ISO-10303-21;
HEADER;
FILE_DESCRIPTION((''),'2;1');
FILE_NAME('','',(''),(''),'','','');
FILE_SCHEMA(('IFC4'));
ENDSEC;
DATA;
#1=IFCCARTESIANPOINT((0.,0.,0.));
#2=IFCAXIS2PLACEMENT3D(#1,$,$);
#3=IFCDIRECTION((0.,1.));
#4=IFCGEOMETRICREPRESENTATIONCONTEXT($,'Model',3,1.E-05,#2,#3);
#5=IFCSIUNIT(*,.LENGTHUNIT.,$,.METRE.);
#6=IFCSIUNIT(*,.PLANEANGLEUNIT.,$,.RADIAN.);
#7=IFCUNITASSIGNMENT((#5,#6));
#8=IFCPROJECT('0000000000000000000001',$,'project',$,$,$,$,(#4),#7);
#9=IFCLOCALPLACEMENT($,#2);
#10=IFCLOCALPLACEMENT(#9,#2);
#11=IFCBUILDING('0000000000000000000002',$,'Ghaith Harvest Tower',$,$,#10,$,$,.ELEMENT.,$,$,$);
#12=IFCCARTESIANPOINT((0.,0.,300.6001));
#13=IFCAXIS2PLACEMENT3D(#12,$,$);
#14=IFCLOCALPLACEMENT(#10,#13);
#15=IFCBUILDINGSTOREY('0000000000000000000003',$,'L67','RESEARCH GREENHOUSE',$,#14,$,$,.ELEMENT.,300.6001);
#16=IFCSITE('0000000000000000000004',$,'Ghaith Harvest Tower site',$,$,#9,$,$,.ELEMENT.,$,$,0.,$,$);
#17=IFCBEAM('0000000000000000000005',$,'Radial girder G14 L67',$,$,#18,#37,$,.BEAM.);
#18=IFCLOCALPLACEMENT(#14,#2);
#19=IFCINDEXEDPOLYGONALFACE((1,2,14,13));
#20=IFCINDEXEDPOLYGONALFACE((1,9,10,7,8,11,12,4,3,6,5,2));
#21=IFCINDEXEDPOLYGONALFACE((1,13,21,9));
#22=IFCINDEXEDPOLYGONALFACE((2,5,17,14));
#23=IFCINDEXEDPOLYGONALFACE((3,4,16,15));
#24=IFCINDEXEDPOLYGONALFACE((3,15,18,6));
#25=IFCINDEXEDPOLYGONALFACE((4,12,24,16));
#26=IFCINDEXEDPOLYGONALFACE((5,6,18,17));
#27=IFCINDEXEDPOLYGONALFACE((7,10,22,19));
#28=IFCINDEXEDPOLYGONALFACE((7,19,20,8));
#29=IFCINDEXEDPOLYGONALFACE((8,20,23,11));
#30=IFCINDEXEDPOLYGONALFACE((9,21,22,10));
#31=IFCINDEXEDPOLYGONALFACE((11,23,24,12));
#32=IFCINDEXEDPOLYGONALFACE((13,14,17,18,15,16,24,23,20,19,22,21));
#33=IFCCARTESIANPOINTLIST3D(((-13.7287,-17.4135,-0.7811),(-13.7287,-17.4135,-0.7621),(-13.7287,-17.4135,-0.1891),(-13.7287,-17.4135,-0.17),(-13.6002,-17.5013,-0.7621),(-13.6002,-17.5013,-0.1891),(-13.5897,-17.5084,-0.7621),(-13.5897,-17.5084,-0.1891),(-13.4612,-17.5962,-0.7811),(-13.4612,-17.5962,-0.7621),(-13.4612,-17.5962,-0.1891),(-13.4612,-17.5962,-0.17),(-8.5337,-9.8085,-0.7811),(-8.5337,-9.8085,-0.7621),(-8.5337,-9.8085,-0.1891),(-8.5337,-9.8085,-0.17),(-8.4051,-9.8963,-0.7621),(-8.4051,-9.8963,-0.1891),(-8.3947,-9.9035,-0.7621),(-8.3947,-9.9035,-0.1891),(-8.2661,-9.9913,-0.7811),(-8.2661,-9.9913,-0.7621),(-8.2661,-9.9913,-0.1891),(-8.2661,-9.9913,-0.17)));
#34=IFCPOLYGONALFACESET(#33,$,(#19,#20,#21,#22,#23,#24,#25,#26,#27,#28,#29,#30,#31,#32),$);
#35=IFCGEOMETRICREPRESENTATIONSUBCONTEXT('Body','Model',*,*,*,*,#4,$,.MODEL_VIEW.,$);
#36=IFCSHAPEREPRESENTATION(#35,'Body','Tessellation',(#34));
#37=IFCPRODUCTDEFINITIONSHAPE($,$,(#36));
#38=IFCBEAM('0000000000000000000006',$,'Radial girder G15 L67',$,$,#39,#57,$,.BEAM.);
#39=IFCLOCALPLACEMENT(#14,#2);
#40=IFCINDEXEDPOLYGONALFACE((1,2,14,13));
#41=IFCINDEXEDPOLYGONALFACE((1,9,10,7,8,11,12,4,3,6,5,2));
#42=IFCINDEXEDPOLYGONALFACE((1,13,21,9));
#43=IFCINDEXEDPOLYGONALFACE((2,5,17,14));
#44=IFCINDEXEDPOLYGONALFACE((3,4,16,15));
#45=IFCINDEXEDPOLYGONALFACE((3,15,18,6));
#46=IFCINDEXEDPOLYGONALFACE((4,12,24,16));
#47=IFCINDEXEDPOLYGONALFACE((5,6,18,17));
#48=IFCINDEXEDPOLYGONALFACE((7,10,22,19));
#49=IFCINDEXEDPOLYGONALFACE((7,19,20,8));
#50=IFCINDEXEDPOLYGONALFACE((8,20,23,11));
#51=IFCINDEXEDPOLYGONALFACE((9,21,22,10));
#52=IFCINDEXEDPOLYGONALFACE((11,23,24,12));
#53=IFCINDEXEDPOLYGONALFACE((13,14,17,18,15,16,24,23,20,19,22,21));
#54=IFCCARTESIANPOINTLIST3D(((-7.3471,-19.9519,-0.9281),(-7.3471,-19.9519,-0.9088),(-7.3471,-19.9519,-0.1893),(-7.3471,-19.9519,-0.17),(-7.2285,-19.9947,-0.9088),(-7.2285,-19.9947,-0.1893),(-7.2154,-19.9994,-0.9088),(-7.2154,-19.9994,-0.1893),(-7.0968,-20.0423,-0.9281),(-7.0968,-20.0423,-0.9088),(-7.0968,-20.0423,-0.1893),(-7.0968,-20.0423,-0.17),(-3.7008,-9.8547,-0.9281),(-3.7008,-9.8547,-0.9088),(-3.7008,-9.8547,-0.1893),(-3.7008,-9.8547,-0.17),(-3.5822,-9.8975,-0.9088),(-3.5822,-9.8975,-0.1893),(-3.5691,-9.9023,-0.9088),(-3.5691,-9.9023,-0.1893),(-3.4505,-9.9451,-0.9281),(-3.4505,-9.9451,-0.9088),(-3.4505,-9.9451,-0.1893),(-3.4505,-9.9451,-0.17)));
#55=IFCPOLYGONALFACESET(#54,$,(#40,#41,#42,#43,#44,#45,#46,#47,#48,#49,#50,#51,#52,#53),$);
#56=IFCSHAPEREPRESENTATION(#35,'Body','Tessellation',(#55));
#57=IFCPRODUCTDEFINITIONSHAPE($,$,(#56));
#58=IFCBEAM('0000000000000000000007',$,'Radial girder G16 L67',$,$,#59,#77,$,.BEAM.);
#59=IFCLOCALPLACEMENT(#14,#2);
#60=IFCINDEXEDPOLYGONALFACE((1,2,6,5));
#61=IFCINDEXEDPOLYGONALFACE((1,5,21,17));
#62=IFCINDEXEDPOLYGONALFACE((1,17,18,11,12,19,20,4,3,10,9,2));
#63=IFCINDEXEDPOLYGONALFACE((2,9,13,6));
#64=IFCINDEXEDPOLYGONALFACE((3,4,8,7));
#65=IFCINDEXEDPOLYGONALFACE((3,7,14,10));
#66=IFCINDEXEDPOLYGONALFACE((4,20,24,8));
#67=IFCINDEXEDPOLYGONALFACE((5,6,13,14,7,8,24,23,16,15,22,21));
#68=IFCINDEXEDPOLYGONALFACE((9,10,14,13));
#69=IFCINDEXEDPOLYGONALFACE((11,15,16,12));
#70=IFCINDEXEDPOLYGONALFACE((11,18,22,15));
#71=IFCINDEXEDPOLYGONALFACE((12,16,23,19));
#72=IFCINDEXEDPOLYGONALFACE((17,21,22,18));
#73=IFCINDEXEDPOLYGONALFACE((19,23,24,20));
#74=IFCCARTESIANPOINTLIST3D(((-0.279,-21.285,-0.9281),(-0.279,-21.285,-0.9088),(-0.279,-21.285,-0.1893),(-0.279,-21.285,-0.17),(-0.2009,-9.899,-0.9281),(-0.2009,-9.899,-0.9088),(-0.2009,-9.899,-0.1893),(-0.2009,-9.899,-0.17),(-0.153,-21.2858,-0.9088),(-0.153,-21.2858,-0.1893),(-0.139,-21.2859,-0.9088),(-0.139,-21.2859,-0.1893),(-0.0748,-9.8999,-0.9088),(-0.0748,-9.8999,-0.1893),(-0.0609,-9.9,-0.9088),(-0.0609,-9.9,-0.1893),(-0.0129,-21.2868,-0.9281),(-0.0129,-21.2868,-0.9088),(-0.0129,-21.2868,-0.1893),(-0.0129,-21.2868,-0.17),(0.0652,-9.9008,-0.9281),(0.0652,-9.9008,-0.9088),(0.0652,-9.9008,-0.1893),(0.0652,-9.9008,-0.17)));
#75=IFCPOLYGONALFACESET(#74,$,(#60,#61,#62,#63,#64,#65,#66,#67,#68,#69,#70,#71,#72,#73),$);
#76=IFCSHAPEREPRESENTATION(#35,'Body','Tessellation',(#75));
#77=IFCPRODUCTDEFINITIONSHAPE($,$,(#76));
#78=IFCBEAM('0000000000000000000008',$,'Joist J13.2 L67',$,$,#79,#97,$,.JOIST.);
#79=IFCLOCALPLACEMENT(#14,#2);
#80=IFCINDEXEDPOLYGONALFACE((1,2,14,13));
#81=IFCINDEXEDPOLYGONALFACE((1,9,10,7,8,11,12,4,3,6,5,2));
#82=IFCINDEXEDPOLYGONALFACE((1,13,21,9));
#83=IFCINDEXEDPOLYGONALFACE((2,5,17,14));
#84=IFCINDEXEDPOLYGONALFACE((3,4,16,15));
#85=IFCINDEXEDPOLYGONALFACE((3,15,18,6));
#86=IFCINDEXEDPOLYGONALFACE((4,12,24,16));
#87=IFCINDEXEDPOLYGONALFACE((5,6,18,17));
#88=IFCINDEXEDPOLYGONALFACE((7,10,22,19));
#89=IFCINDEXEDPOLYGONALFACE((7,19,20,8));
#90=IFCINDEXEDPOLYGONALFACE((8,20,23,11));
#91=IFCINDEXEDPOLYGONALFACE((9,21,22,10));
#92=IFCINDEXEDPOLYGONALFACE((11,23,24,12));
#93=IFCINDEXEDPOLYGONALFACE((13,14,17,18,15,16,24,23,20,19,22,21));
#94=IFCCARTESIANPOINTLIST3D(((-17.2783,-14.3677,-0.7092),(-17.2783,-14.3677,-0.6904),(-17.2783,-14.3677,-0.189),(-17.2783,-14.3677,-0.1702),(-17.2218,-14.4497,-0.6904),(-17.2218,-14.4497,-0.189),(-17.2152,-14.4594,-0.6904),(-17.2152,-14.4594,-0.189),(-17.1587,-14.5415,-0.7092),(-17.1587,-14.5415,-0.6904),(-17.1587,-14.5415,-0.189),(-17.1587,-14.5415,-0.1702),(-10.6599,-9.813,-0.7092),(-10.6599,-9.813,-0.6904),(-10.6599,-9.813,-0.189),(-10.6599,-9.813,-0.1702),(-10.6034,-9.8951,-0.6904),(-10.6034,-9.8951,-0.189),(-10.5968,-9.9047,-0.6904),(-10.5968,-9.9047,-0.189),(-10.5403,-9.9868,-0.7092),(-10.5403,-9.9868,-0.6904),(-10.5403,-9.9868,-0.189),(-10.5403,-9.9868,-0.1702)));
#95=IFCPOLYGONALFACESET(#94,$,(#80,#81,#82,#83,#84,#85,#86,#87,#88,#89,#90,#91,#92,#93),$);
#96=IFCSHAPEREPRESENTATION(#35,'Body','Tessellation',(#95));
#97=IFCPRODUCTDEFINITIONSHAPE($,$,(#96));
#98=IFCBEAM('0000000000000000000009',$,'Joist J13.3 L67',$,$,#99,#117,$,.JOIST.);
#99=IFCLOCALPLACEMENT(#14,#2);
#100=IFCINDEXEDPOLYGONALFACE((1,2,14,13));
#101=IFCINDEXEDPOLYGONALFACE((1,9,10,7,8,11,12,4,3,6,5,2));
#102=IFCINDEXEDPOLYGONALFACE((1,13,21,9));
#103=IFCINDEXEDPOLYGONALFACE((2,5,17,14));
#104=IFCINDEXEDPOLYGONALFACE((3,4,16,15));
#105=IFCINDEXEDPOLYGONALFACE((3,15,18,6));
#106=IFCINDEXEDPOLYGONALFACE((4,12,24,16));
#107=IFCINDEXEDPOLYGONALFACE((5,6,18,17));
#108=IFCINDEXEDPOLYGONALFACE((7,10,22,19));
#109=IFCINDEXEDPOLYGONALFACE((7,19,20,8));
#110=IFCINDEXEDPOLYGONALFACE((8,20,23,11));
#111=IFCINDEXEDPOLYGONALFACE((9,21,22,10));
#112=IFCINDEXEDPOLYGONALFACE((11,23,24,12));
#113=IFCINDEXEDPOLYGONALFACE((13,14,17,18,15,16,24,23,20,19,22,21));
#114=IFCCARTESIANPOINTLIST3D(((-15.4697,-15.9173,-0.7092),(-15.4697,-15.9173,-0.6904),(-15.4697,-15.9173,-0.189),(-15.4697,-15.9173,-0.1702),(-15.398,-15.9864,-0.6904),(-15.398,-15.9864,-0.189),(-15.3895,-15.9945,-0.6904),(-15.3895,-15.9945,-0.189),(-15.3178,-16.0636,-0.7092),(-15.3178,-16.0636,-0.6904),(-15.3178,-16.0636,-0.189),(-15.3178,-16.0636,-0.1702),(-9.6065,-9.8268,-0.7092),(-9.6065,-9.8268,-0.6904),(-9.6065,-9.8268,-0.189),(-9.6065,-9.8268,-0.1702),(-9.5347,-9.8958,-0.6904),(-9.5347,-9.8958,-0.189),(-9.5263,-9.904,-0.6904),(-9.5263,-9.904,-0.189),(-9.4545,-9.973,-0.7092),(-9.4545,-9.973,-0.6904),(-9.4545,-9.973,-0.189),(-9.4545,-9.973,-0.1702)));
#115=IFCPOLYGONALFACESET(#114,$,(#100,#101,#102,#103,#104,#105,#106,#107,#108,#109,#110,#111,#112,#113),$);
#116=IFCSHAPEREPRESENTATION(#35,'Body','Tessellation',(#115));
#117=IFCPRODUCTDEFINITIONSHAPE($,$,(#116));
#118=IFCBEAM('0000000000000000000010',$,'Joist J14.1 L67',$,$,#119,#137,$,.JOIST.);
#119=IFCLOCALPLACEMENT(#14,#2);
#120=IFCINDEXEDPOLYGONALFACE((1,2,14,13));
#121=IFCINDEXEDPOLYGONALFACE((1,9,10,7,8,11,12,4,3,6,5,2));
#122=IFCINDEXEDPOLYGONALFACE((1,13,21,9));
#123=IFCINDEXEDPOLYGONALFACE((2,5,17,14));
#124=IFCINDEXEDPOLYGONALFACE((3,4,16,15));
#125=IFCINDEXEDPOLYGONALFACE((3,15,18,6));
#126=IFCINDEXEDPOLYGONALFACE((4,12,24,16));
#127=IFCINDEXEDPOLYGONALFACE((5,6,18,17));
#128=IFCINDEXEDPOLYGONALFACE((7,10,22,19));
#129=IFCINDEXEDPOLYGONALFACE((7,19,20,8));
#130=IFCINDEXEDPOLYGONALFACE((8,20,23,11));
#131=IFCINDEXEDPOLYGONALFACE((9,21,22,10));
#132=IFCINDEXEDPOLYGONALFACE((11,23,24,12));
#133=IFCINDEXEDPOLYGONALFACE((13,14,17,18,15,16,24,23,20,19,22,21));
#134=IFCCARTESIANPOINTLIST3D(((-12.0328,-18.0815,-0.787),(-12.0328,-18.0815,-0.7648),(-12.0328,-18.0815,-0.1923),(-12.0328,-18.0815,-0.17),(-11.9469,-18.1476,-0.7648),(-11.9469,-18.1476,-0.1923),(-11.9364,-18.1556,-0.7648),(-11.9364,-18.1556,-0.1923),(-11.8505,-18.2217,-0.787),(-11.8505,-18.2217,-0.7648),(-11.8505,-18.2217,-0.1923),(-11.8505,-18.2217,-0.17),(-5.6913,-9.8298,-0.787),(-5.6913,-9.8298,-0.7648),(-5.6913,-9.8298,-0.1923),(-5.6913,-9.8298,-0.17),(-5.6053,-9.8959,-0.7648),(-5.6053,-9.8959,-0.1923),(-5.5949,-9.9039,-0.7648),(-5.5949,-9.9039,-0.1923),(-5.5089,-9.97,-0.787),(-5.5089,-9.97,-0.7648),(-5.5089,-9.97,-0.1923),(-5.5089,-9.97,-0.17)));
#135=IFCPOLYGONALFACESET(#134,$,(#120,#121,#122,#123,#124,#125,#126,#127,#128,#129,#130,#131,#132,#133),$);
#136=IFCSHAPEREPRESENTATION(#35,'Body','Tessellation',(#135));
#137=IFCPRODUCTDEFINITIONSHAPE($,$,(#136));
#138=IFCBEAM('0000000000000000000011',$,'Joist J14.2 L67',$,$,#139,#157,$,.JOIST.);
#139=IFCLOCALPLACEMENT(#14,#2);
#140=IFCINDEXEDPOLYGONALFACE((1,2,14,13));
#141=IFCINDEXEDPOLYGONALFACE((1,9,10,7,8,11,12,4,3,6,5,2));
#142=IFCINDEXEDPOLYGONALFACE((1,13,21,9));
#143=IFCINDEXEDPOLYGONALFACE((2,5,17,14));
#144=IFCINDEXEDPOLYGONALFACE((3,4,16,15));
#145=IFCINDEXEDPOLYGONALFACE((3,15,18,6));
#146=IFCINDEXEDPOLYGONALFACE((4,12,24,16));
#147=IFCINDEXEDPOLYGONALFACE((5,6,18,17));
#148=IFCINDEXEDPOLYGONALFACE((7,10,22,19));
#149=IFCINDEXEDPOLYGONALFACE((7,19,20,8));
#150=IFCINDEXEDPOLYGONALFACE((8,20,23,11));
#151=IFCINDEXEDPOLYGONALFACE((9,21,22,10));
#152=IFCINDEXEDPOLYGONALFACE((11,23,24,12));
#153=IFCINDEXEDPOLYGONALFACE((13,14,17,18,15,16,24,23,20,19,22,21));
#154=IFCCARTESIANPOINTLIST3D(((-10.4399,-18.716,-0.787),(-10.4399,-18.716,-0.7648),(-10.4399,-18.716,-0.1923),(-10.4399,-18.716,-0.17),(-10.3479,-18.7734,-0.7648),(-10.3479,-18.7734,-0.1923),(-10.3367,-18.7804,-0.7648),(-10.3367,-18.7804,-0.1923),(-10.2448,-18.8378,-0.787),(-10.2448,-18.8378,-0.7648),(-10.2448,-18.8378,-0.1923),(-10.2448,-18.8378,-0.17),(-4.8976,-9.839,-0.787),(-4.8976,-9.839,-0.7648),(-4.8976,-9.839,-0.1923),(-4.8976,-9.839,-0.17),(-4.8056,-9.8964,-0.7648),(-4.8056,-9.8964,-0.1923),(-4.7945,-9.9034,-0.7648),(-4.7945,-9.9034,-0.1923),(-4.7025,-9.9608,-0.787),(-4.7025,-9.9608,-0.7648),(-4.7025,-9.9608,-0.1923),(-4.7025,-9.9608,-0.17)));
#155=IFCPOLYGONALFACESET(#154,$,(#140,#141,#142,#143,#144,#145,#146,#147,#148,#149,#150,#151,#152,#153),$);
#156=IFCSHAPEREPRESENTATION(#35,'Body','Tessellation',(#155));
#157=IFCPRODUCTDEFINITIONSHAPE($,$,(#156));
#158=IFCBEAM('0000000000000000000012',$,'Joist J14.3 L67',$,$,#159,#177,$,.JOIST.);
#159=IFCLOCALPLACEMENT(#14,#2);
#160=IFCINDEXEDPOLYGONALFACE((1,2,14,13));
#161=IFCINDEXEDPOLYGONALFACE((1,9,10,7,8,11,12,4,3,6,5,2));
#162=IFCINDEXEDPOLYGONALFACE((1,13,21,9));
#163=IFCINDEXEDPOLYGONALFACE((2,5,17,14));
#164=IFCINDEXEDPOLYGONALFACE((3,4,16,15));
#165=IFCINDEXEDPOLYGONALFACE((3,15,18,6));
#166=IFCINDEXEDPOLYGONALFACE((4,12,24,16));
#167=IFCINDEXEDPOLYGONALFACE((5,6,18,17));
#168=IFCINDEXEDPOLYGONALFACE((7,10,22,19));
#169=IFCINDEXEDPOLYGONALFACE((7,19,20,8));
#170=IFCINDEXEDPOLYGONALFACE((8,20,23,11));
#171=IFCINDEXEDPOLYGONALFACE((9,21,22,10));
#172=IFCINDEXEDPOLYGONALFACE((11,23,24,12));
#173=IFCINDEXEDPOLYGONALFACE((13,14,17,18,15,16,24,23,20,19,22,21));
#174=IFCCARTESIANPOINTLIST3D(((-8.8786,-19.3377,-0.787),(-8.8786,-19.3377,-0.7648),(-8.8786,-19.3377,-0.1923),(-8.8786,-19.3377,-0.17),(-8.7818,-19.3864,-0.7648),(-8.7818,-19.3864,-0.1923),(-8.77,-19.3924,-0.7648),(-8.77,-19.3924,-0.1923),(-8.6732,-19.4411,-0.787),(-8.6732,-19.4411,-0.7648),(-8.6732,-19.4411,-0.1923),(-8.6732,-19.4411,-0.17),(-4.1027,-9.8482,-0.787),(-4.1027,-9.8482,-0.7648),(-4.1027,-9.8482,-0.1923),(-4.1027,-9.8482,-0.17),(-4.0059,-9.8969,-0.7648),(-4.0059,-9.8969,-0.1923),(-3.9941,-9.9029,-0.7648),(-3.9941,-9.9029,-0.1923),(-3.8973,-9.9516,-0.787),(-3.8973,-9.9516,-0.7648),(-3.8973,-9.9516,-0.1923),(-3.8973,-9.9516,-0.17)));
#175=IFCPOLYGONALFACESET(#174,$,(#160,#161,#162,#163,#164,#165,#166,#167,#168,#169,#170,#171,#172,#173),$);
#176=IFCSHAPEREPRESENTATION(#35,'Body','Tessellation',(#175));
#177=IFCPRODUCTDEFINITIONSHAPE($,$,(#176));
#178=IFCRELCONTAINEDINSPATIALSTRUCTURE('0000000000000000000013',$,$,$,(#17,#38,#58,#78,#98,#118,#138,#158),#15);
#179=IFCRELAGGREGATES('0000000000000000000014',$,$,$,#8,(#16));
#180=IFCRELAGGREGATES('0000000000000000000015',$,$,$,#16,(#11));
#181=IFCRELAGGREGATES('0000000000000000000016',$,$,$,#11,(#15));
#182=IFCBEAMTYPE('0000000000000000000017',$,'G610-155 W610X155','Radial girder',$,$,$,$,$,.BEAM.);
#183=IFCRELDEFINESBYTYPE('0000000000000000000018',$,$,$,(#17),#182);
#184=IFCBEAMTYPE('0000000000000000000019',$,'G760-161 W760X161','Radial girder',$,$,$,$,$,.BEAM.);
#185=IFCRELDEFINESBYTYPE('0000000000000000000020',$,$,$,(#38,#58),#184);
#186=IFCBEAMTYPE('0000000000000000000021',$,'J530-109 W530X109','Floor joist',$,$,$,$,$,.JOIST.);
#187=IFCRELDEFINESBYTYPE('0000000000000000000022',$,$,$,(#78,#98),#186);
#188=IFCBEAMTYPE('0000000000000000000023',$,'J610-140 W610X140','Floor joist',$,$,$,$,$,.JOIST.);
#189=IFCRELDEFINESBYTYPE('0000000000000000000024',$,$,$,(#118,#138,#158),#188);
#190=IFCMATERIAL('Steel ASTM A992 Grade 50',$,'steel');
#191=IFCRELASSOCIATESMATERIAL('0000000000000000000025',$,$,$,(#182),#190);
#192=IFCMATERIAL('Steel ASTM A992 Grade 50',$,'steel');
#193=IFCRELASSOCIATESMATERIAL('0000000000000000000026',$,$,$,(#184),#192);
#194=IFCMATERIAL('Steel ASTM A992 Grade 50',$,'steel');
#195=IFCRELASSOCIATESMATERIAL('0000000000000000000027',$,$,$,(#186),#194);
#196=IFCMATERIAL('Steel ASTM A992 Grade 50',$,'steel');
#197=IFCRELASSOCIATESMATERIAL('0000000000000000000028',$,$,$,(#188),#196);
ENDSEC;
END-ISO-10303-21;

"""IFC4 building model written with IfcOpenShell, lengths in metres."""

from ifc_helpers import new_model, si_unit, direction, frame, origin, origin_2d, place, context, subcontext, project, spatial, i_section, extrude, material, material_profile, profile_set, type_object, element, save


model = new_model("IFC4")

# Units and contexts
model_context = context("Model", 3, precision=1e-05, world=origin(), true_north=direction((0.0, 1.0)))
body_context = subcontext(model_context, "Body", "Model", "MODEL_VIEW")
ifc_project = project(units=[si_unit("LENGTHUNIT", "METRE"), si_unit("PLANEANGLEUNIT", "RADIAN")], contexts=[model_context])

# Site, building, storey
site_placement = place(None, origin())
site = spatial("IfcSite", under=ifc_project, at=site_placement, Name="Ghaith Harvest Tower site", CompositionType="ELEMENT", RefElevation=0.0)
building_placement = place(site_placement, origin())
building = spatial("IfcBuilding", under=site, at=building_placement, Name="Ghaith Harvest Tower", CompositionType="ELEMENT")
storey_placement = place(building_placement, frame((0.0, 0.0, 300.6001)))
storey = spatial("IfcBuildingStorey", under=building, at=storey_placement, Name="L67", Description="RESEARCH GREENHOUSE", CompositionType="ELEMENT", Elevation=300.6001)

# Beams
ifc_material_1 = material(Name="Steel ASTM A992 Grade 50", Category="steel")
ifc_material_profile_1 = material_profile(ifc_material_1, i_section(OverallWidth=0.324, OverallDepth=0.6111, WebThickness=0.0127, FlangeThickness=0.019, at=origin_2d()), Name="W610X155")
ifc_profile_set_1 = profile_set([ifc_material_profile_1], Name="Steel ASTM A992 Grade 50")
beam_type_1 = type_object("IfcBeamType", Name="G610-155 W610X155", Description="Radial girder", PredefinedType="BEAM", material=ifc_profile_set_1)
beam_1_placement = place(storey_placement, frame((-8.3999, -9.8999, -0.4756), z_axis=(-0.564067, -0.825729, 0.0), x_axis=(0.825729, -0.564067, 0.0)))
element("IfcBeam", 1, at=beam_1_placement, inside=storey, type_object=beam_type_1, Name="Radial girder G14 L67", PredefinedType="BEAM", context=body_context, shape_type="SweptSolid", body=[
    extrude(i_section(OverallWidth=0.324, OverallDepth=0.6111, WebThickness=0.0127, FlangeThickness=0.019, at=origin_2d()), origin(), (0.0, 0.0, 1.0), 9.21),
])
ifc_material_2 = material(Name="Steel ASTM A992 Grade 50", Category="steel")
ifc_material_profile_2 = material_profile(ifc_material_2, i_section(OverallWidth=0.2661, OverallDepth=0.7581, WebThickness=0.0139, FlangeThickness=0.0193, at=origin_2d()), Name="W760X161")
ifc_profile_set_2 = profile_set([ifc_material_profile_2], Name="Steel ASTM A992 Grade 50")
beam_type_2 = type_object("IfcBeamType", Name="G760-161 W760X161", Description="Radial girder", PredefinedType="BEAM", material=ifc_profile_set_2)
beam_2_placement = place(storey_placement, frame((-3.5757, -9.8999, -0.5491), z_axis=(-0.339648, -0.940553, 0.0), x_axis=(0.940553, -0.339648, 0.0)))
element("IfcBeam", 2, at=beam_2_placement, inside=storey, type_object=beam_type_2, Name="Radial girder G15 L67", PredefinedType="BEAM", context=body_context, shape_type="SweptSolid", body=[
    extrude(i_section(OverallWidth=0.2661, OverallDepth=0.7581, WebThickness=0.0139, FlangeThickness=0.0193, at=origin_2d()), origin(), (0.0, 0.0, 1.0), 10.7354),
])
beam_3_placement = place(storey_placement, frame((-0.0679, -9.8999, -0.5491), z_axis=(-0.006861, -0.999976, 0.0), x_axis=(0.999976, -0.006861, 0.0)))
element("IfcBeam", 3, at=beam_3_placement, inside=storey, type_object=beam_type_2, Name="Radial girder G16 L67", PredefinedType="BEAM", context=body_context, shape_type="SweptSolid", body=[
    extrude(i_section(OverallWidth=0.2661, OverallDepth=0.7581, WebThickness=0.0139, FlangeThickness=0.0193, at=origin_2d()), origin(), (0.0, 0.0, 1.0), 11.3862),
])
ifc_material_3 = material(Name="Steel ASTM A992 Grade 50", Category="steel")
ifc_material_profile_3 = material_profile(ifc_material_3, i_section(OverallWidth=0.2109, OverallDepth=0.5391, WebThickness=0.0117, FlangeThickness=0.0188, at=origin_2d()), Name="W530X109")
ifc_profile_set_3 = profile_set([ifc_material_profile_3], Name="Steel ASTM A992 Grade 50")
beam_type_3 = type_object("IfcBeamType", Name="J530-109 W530X109", Description="Floor joist", PredefinedType="JOIST", material=ifc_profile_set_3)
beam_4_placement = place(storey_placement, frame((-10.6001, -9.8999, -0.4397), z_axis=(-0.823779, -0.566912, 0.0), x_axis=(0.566912, -0.823779, 0.0)))
element("IfcBeam", 4, at=beam_4_placement, inside=storey, type_object=beam_type_3, Name="Joist J13.2 L67", PredefinedType="JOIST", context=body_context, shape_type="SweptSolid", body=[
    extrude(i_section(OverallWidth=0.2109, OverallDepth=0.5391, WebThickness=0.0117, FlangeThickness=0.0188, at=origin_2d()), origin(), (0.0, 0.0, 1.0), 8.0342),
])
beam_5_placement = place(storey_placement, frame((-9.5305, -9.8999, -0.4397), z_axis=(-0.693536, -0.720422, 0.0), x_axis=(0.720422, -0.693536, 0.0)))
element("IfcBeam", 5, at=beam_5_placement, inside=storey, type_object=beam_type_3, Name="Joist J13.3 L67", PredefinedType="JOIST", context=body_context, shape_type="SweptSolid", body=[
    extrude(i_section(OverallWidth=0.2109, OverallDepth=0.5391, WebThickness=0.0117, FlangeThickness=0.0188, at=origin_2d()), origin(), (0.0, 0.0, 1.0), 8.4541),
])
ifc_material_4 = material(Name="Steel ASTM A992 Grade 50", Category="steel")
ifc_material_profile_4 = material_profile(ifc_material_4, i_section(OverallWidth=0.23, OverallDepth=0.6169, WebThickness=0.0132, FlangeThickness=0.0222, at=origin_2d()), Name="W610X140")
ifc_profile_set_4 = profile_set([ifc_material_profile_4], Name="Steel ASTM A992 Grade 50")
beam_type_4 = type_object("IfcBeamType", Name="J610-140 W610X140", Description="Floor joist", PredefinedType="JOIST", material=ifc_profile_set_4)
beam_6_placement = place(storey_placement, frame((-5.6001, -9.8999, -0.4785), z_axis=(-0.609354, -0.792899, 0.0), x_axis=(0.792899, -0.609354, 0.0)))
element("IfcBeam", 6, at=beam_6_placement, inside=storey, type_object=beam_type_4, Name="Joist J14.1 L67", PredefinedType="JOIST", context=body_context, shape_type="SweptSolid", body=[
    extrude(i_section(OverallWidth=0.23, OverallDepth=0.6169, WebThickness=0.0132, FlangeThickness=0.0222, at=origin_2d()), origin(), (0.0, 0.0, 1.0), 10.407),
])
beam_7_placement = place(storey_placement, frame((-4.8, -9.8999, -0.4785), z_axis=(-0.529596, -0.84825, 0.0), x_axis=(0.84825, -0.529596, 0.0)))
element("IfcBeam", 7, at=beam_7_placement, inside=storey, type_object=beam_type_4, Name="Joist J14.2 L67", PredefinedType="JOIST", context=body_context, shape_type="SweptSolid", body=[
    extrude(i_section(OverallWidth=0.23, OverallDepth=0.6169, WebThickness=0.0132, FlangeThickness=0.0222, at=origin_2d()), origin(), (0.0, 0.0, 1.0), 10.4651),
])
beam_8_placement = place(storey_placement, frame((-4.0, -9.8999, -0.4785), z_axis=(-0.449556, -0.893252, 0.0), x_axis=(0.893252, -0.449556, 0.0)))
element("IfcBeam", 8, at=beam_8_placement, inside=storey, type_object=beam_type_4, Name="Joist J14.3 L67", PredefinedType="JOIST", context=body_context, shape_type="SweptSolid", body=[
    extrude(i_section(OverallWidth=0.23, OverallDepth=0.6169, WebThickness=0.0132, FlangeThickness=0.0222, at=origin_2d()), origin(), (0.0, 0.0, 1.0), 10.6235),
])

save(model, "model.ifc")
